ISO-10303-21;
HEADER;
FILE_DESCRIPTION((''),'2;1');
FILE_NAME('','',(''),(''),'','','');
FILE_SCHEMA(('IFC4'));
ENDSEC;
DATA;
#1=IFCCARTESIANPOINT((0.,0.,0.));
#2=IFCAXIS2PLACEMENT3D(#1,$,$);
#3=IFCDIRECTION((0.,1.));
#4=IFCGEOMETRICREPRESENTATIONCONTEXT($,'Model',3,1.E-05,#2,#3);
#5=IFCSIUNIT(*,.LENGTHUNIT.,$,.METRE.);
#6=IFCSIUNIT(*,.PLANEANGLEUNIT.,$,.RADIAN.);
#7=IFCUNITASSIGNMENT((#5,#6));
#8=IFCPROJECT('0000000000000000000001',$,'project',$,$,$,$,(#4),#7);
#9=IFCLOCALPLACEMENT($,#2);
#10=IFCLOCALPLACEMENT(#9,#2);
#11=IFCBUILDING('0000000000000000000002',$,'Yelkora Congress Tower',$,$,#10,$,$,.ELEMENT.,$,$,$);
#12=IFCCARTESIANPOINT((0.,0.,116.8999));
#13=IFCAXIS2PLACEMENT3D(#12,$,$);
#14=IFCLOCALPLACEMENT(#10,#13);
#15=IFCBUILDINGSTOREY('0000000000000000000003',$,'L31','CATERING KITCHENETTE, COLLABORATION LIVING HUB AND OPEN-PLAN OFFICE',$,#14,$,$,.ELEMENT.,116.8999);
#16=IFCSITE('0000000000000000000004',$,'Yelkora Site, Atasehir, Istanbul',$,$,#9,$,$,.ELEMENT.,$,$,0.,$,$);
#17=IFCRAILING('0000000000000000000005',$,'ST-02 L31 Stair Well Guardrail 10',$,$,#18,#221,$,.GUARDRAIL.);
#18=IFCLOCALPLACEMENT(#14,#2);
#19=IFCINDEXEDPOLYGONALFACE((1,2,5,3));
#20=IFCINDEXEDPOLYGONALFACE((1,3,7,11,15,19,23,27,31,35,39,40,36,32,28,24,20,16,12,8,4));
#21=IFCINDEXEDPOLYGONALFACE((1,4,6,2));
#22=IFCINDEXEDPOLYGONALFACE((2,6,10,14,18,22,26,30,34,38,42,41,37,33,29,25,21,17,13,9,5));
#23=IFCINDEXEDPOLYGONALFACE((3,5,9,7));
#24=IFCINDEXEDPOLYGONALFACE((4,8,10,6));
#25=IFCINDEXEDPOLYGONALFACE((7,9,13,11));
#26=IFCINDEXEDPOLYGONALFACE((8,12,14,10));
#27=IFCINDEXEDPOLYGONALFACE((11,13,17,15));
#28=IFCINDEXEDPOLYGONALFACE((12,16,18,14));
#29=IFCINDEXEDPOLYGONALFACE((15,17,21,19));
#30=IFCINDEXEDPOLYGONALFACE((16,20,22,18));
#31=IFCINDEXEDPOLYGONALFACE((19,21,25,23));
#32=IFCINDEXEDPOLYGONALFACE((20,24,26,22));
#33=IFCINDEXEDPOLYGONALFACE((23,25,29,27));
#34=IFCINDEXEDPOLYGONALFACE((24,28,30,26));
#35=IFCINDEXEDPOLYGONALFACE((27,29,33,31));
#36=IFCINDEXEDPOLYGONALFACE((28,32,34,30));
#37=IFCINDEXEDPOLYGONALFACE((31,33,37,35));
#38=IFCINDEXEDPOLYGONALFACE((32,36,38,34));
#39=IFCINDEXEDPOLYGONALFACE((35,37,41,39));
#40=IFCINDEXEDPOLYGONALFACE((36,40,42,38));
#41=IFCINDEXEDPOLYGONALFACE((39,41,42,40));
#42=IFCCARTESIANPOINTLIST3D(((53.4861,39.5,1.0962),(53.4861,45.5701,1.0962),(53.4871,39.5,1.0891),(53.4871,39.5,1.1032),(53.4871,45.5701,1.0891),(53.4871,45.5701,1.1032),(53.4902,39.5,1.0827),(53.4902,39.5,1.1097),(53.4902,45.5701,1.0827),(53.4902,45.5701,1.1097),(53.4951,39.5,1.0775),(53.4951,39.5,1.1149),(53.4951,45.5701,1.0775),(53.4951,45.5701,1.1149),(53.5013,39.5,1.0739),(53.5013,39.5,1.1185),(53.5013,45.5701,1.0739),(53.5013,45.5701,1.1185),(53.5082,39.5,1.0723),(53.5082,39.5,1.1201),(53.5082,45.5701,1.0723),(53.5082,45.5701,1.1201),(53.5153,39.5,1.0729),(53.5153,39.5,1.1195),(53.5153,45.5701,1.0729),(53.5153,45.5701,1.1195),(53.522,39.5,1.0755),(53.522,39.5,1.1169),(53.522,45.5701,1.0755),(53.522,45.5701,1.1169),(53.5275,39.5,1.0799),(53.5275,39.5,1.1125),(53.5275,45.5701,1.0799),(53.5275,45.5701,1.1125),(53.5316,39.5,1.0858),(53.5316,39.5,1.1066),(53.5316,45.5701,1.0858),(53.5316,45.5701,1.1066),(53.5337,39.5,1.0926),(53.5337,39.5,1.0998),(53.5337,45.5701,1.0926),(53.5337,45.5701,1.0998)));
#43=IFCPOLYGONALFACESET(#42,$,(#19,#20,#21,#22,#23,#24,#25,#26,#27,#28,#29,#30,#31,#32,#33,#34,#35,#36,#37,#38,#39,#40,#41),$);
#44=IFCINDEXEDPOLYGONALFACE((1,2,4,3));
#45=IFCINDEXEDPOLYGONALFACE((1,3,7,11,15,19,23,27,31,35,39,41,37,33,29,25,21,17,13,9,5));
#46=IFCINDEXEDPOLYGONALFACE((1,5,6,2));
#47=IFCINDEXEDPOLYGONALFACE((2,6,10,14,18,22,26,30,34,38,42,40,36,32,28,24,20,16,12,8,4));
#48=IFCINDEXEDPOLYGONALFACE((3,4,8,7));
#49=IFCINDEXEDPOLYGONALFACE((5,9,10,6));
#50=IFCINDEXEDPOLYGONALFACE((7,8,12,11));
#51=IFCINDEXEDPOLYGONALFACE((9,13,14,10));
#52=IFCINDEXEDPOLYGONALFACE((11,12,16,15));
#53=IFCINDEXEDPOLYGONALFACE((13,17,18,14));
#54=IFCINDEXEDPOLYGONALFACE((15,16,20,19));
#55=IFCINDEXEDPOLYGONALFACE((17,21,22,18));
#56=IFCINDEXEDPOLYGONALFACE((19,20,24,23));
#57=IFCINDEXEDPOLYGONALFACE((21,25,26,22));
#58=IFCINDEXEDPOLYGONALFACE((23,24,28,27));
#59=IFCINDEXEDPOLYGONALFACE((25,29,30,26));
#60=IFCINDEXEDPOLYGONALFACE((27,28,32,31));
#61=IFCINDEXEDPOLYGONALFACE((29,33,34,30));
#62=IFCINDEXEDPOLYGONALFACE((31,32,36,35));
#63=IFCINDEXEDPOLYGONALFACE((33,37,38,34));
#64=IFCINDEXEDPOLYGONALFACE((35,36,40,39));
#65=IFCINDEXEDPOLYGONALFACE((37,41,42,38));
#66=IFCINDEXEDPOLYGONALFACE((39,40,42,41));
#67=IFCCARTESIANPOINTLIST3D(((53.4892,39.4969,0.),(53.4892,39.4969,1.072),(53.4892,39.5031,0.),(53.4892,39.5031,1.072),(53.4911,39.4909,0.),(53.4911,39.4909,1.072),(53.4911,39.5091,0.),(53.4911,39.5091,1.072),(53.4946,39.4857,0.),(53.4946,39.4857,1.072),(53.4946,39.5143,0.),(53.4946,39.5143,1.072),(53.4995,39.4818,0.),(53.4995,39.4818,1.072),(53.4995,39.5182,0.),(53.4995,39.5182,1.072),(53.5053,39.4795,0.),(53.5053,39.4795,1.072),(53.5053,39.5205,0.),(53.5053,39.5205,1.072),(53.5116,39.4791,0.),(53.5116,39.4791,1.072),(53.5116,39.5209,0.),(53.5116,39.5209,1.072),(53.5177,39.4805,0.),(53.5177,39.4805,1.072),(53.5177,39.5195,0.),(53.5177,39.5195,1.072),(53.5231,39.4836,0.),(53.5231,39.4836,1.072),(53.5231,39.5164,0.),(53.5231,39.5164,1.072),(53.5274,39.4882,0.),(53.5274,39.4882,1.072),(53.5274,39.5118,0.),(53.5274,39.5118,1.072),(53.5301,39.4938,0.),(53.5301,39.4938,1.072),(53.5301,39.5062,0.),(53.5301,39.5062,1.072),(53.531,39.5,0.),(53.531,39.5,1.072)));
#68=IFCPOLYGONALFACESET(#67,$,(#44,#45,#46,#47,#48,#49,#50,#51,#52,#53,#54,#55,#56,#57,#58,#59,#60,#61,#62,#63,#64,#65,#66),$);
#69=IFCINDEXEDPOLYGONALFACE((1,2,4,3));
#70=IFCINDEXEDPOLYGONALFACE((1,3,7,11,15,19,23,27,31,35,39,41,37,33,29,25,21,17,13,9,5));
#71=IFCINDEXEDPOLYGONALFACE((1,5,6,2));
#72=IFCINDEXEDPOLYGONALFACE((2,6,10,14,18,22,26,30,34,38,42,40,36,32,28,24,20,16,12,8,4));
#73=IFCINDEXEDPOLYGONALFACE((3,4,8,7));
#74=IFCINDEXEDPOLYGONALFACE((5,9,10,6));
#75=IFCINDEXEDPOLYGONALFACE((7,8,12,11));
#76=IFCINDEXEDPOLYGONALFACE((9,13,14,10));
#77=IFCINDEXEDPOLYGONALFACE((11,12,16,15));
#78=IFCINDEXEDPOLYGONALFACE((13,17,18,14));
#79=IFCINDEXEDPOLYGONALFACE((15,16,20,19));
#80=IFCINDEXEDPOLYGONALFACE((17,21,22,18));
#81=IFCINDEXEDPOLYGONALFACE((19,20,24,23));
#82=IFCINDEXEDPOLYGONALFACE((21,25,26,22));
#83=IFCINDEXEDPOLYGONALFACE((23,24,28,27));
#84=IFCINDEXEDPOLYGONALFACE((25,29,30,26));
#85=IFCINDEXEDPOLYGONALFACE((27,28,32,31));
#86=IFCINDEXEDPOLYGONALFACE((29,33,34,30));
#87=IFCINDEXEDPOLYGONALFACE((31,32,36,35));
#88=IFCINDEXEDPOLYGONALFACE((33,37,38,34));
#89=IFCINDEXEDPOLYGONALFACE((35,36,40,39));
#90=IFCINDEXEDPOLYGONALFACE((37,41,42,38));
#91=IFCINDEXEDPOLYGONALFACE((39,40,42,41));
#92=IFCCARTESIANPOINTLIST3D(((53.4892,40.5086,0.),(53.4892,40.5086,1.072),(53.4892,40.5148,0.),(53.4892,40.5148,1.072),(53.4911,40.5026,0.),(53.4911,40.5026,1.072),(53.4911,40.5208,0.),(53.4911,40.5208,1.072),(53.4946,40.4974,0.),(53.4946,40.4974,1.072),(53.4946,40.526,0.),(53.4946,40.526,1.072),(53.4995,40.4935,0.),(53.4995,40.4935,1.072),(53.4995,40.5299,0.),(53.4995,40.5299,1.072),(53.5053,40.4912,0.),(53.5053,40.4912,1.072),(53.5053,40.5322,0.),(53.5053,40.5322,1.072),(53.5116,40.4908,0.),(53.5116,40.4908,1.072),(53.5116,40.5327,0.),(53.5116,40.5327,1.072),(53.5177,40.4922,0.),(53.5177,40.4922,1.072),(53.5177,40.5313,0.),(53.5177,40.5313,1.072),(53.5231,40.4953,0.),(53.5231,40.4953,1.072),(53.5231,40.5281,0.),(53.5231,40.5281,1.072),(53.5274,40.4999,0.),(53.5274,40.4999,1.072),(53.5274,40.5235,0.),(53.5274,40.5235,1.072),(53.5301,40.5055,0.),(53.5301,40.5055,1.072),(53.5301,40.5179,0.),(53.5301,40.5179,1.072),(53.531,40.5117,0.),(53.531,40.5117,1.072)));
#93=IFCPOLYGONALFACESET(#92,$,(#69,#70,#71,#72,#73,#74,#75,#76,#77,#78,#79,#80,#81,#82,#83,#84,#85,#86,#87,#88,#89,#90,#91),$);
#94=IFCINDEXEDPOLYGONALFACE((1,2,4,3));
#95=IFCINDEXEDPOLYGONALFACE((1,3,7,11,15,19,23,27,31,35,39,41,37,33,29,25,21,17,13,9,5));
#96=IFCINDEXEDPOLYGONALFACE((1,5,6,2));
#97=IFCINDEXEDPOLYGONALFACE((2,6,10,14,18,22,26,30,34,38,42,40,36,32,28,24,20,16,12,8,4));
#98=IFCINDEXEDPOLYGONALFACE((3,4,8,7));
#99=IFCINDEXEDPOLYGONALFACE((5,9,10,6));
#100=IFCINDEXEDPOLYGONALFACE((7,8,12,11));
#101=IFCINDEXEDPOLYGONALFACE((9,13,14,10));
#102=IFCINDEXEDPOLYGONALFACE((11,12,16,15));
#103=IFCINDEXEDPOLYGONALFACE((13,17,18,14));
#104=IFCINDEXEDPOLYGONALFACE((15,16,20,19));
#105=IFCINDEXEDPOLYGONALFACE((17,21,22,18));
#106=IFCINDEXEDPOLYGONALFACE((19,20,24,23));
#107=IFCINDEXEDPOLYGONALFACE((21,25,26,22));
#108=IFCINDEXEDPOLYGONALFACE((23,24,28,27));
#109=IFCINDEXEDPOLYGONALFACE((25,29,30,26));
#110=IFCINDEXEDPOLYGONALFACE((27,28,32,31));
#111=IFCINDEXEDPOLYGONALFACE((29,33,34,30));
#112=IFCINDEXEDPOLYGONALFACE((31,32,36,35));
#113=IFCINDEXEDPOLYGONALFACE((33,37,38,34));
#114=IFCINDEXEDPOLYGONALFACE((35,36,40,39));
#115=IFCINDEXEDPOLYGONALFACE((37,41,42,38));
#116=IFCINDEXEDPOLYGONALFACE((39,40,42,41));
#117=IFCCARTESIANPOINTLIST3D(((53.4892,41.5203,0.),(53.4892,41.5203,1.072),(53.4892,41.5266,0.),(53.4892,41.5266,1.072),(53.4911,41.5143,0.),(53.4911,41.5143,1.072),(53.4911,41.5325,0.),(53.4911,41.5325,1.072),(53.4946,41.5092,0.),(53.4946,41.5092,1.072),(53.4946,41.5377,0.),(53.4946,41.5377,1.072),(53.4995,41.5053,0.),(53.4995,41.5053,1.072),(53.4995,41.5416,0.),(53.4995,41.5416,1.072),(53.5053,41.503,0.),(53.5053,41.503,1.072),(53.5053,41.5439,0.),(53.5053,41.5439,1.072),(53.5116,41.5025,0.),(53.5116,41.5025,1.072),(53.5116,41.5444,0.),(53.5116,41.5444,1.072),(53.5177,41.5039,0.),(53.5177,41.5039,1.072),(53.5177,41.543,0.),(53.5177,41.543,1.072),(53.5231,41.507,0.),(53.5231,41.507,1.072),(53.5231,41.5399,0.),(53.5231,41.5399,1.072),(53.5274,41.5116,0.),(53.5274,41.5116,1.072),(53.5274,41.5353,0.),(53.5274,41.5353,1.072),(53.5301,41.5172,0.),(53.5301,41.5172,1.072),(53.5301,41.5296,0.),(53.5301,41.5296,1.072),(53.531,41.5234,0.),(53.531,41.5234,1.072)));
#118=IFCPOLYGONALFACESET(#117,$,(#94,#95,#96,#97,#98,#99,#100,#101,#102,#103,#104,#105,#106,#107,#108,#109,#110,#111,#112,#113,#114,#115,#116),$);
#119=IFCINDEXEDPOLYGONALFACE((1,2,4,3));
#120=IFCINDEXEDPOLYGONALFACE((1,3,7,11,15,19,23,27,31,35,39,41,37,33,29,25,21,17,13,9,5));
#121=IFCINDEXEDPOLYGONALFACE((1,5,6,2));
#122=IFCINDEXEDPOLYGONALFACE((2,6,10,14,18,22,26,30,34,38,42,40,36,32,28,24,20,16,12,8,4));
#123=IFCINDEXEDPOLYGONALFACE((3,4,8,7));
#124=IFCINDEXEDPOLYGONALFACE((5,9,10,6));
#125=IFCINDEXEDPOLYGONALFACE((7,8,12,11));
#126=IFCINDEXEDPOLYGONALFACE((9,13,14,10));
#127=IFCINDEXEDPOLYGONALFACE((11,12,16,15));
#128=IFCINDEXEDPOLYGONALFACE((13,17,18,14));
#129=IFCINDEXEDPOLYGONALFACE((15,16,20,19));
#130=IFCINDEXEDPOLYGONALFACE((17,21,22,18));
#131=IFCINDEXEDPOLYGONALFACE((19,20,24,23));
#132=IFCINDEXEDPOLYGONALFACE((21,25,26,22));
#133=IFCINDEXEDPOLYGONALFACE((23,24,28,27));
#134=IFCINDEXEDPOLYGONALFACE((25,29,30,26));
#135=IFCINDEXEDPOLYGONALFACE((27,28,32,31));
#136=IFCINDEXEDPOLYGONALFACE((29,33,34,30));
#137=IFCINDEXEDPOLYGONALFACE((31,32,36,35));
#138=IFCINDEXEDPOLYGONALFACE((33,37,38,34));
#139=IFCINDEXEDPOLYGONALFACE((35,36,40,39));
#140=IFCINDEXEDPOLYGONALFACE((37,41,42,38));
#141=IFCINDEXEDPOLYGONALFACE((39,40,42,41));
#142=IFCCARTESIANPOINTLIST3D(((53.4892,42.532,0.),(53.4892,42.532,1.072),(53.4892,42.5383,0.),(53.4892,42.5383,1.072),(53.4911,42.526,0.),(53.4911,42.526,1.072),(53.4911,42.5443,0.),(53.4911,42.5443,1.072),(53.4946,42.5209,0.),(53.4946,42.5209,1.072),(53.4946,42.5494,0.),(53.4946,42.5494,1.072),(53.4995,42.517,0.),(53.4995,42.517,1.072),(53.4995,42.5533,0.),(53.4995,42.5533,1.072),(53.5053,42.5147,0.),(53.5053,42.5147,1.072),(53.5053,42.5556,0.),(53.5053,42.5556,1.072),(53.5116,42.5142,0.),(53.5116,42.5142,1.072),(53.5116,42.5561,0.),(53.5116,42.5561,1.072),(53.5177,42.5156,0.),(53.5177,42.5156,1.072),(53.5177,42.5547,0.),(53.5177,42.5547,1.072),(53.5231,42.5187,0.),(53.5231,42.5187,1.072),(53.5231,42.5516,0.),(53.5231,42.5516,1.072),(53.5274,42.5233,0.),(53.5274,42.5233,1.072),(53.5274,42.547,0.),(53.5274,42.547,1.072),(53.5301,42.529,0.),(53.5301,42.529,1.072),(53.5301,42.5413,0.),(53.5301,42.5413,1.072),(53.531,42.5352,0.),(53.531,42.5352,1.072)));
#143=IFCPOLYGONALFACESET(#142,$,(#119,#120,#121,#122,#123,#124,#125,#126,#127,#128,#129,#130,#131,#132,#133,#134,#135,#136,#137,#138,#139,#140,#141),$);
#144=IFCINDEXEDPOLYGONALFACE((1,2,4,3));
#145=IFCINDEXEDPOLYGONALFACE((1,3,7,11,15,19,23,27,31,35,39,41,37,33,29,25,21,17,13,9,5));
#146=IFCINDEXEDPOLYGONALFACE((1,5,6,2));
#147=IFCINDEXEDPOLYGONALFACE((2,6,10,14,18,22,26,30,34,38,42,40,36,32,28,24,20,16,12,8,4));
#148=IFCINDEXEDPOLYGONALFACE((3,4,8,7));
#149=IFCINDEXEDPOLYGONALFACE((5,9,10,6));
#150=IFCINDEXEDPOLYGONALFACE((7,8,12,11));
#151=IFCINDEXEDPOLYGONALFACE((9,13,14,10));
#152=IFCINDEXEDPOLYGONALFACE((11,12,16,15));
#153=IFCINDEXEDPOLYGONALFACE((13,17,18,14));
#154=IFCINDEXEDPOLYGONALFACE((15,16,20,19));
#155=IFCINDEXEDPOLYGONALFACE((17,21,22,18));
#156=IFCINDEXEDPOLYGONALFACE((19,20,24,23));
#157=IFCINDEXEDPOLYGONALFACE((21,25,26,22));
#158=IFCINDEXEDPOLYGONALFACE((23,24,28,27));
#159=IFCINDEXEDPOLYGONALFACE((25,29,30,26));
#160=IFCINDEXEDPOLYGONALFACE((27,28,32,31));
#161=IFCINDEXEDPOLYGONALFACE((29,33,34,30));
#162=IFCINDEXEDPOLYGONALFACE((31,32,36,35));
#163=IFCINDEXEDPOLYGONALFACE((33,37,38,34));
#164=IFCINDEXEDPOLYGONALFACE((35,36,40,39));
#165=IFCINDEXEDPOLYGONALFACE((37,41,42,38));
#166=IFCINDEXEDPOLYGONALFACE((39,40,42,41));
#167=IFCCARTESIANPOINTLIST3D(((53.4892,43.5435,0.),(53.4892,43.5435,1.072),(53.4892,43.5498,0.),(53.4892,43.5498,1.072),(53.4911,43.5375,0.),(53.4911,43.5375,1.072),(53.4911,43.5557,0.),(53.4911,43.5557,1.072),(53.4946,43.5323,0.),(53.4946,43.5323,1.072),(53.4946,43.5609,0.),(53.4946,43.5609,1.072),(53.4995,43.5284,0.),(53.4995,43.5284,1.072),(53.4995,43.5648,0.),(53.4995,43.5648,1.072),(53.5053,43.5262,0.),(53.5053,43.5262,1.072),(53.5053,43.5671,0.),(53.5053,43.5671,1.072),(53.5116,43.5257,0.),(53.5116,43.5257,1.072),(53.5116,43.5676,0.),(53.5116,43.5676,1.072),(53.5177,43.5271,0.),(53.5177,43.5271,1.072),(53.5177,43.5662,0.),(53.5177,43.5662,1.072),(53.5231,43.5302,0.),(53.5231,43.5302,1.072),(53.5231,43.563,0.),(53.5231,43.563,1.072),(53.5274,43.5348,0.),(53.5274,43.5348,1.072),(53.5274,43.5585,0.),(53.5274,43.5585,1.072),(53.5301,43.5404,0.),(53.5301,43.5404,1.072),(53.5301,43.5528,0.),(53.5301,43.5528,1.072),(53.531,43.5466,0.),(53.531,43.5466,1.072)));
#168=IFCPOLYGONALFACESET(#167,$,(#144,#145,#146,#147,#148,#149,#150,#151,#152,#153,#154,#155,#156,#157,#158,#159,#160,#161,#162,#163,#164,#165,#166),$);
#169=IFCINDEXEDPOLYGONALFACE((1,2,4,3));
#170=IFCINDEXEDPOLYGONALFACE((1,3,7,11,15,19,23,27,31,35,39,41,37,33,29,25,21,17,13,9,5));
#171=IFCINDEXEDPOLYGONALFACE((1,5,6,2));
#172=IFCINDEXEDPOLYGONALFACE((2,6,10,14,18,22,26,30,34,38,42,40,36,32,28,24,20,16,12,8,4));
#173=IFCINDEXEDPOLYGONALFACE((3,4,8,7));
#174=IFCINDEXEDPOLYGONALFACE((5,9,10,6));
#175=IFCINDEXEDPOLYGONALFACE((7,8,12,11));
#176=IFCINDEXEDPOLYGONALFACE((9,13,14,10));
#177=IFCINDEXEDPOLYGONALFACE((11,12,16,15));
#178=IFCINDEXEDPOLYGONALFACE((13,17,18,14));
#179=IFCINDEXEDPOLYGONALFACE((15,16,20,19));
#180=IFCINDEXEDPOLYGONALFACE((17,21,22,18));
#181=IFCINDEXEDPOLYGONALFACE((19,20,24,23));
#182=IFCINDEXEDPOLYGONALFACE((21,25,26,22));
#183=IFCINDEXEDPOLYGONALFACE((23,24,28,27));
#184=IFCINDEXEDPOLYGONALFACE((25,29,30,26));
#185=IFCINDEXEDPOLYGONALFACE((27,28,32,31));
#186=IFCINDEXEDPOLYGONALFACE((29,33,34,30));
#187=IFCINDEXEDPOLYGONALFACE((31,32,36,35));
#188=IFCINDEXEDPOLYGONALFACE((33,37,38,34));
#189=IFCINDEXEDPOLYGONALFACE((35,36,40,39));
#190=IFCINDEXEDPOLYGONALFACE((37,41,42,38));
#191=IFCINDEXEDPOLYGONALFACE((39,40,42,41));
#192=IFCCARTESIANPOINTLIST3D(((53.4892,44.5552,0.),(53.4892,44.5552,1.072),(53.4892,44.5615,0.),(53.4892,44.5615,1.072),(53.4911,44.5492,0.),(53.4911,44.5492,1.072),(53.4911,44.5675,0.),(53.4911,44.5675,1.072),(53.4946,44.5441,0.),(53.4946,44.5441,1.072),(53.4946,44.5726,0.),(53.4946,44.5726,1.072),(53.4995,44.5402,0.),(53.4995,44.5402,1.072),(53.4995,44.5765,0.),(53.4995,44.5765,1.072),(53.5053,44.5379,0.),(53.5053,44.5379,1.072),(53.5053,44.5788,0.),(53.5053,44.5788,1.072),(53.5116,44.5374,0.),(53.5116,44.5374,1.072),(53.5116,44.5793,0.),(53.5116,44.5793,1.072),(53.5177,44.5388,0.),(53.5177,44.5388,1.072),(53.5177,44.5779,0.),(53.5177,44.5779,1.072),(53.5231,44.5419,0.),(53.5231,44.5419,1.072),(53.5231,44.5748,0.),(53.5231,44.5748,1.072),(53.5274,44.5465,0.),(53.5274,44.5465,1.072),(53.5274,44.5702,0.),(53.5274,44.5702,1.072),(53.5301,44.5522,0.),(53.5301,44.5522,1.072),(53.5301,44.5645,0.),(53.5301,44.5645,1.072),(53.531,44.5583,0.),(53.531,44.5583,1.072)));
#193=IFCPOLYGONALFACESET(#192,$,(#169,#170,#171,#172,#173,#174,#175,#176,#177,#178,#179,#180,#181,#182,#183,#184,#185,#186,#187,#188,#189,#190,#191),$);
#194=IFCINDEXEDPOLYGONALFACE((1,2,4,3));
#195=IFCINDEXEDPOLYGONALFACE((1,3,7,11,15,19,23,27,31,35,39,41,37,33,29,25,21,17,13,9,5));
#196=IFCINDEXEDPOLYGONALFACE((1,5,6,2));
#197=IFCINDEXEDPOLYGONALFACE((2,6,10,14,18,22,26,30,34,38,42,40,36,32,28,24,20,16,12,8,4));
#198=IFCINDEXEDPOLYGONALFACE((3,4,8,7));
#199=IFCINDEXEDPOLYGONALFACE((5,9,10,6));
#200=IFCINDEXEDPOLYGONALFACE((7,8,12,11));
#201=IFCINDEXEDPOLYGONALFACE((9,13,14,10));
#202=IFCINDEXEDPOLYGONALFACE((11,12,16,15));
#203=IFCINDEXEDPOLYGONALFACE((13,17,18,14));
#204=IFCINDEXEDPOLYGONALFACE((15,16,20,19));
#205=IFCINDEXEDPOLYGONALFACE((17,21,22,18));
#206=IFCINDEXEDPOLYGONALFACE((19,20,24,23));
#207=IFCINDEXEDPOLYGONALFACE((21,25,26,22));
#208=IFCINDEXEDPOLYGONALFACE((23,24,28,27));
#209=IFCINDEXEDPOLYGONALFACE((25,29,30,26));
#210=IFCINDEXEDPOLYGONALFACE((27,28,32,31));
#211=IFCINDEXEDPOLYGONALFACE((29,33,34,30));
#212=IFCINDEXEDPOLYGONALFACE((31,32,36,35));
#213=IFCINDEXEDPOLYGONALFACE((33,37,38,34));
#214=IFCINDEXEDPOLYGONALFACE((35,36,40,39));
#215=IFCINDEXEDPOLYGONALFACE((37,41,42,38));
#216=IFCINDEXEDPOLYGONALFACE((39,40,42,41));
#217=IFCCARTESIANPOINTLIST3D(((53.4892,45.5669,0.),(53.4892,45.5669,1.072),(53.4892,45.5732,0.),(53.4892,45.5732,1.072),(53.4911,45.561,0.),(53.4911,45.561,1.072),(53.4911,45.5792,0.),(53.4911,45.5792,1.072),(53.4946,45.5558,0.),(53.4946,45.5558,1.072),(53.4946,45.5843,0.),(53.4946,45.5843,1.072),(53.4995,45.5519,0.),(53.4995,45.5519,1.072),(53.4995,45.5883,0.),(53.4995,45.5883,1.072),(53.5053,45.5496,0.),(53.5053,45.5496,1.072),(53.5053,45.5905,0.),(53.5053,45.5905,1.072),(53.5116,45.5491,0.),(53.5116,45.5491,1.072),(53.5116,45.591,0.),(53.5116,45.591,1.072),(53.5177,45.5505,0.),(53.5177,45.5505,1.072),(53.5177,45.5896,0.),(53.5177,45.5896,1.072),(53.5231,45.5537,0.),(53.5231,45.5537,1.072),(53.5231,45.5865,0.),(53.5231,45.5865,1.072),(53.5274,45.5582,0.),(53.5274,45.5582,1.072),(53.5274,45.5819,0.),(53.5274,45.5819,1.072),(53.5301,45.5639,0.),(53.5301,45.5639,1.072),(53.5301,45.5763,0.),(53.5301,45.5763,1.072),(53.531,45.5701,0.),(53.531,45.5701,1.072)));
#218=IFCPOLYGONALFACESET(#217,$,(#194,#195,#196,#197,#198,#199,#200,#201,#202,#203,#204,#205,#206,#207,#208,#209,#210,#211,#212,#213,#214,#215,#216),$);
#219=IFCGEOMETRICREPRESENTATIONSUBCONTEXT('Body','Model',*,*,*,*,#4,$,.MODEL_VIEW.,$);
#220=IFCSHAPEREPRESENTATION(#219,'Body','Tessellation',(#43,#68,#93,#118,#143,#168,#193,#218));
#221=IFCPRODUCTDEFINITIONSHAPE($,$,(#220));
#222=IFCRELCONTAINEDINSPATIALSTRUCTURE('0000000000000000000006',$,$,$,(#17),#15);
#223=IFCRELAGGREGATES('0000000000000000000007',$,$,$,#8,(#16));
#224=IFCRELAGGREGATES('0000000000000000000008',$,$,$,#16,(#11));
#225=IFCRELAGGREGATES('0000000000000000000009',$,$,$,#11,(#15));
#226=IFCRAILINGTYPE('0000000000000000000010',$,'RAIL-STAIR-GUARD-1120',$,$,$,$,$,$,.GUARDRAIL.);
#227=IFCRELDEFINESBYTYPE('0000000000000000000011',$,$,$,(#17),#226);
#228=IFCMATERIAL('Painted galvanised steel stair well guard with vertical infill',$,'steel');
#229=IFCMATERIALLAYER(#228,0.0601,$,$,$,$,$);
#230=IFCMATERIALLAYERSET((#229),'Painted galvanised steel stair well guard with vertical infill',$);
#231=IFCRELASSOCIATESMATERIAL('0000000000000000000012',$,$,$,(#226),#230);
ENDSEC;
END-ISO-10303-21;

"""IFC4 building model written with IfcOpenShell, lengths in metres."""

from ifc_helpers import new_model, si_unit, direction, frame, origin, origin_2d, place, context, subcontext, project, spatial, circle, extrude, material, layer, layer_set, type_object, element, save


model = new_model("IFC4")

# Units and contexts
model_context = context("Model", 3, precision=1e-05, world=origin(), true_north=direction((0.0, 1.0)))
body_context = subcontext(model_context, "Body", "Model", "MODEL_VIEW")
ifc_project = project(units=[si_unit("LENGTHUNIT", "METRE"), si_unit("PLANEANGLEUNIT", "RADIAN")], contexts=[model_context])

# Site, building, storey
site_placement = place(None, origin())
site = spatial("IfcSite", under=ifc_project, at=site_placement, Name="Yelkora Site, Atasehir, Istanbul", CompositionType="ELEMENT", RefElevation=0.0)
building_placement = place(site_placement, origin())
building = spatial("IfcBuilding", under=site, at=building_placement, Name="Yelkora Congress Tower", CompositionType="ELEMENT")
storey_placement = place(building_placement, frame((0.0, 0.0, 116.8999)))
storey = spatial("IfcBuildingStorey", under=building, at=storey_placement, Name="L31", Description="CATERING KITCHENETTE, COLLABORATION LIVING HUB AND OPEN-PLAN OFFICE", CompositionType="ELEMENT", Elevation=116.8999)

# Railing
ifc_material_1 = material(Name="Painted galvanised steel stair well guard with vertical infill", Category="steel")
ifc_layer_1 = layer(ifc_material_1, 0.0601)
ifc_layer_set_1 = layer_set([ifc_layer_1], Name="Painted galvanised steel stair well guard with vertical infill")
railing_type = type_object("IfcRailingType", Name="RAIL-STAIR-GUARD-1120", PredefinedType="GUARDRAIL", material=ifc_layer_set_1)
railing_1_placement = place(storey_placement, frame((53.51, 39.5, 0.0)))
element("IfcRailing", 1, at=railing_1_placement, inside=storey, type_object=railing_type, Name="ST-02 L31 Stair Well Guardrail 10", PredefinedType="GUARDRAIL", context=body_context, shape_type="SweptSolid", body=[
    extrude(circle(Radius=0.0239, at=origin_2d()), frame((0.0, 0.0, 1.0962), z_axis=(0.0, 1.0, 0.0), x_axis=(-1.0, 0.0, 0.0)), (0.0, 0.0, 1.0), 6.0701),
    extrude(circle(Radius=0.021, at=origin_2d()), origin(), (0.0, 0.0, 1.0), 1.072),
    extrude(circle(Radius=0.021, at=origin_2d()), frame((0.0, 1.0117, 0.0)), (0.0, 0.0, 1.0), 1.072),
    extrude(circle(Radius=0.021, at=origin_2d()), frame((0.0, 2.0234, 0.0)), (0.0, 0.0, 1.0), 1.072),
    extrude(circle(Radius=0.021, at=origin_2d()), frame((0.0, 3.0352, 0.0)), (0.0, 0.0, 1.0), 1.072),
    extrude(circle(Radius=0.021, at=origin_2d()), frame((0.0, 4.0466, 0.0)), (0.0, 0.0, 1.0), 1.072),
    extrude(circle(Radius=0.021, at=origin_2d()), frame((0.0, 5.0583, 0.0)), (0.0, 0.0, 1.0), 1.072),
    extrude(circle(Radius=0.021, at=origin_2d()), frame((0.0, 6.0701, 0.0)), (0.0, 0.0, 1.0), 1.072),
])

save(model, "model.ifc")
